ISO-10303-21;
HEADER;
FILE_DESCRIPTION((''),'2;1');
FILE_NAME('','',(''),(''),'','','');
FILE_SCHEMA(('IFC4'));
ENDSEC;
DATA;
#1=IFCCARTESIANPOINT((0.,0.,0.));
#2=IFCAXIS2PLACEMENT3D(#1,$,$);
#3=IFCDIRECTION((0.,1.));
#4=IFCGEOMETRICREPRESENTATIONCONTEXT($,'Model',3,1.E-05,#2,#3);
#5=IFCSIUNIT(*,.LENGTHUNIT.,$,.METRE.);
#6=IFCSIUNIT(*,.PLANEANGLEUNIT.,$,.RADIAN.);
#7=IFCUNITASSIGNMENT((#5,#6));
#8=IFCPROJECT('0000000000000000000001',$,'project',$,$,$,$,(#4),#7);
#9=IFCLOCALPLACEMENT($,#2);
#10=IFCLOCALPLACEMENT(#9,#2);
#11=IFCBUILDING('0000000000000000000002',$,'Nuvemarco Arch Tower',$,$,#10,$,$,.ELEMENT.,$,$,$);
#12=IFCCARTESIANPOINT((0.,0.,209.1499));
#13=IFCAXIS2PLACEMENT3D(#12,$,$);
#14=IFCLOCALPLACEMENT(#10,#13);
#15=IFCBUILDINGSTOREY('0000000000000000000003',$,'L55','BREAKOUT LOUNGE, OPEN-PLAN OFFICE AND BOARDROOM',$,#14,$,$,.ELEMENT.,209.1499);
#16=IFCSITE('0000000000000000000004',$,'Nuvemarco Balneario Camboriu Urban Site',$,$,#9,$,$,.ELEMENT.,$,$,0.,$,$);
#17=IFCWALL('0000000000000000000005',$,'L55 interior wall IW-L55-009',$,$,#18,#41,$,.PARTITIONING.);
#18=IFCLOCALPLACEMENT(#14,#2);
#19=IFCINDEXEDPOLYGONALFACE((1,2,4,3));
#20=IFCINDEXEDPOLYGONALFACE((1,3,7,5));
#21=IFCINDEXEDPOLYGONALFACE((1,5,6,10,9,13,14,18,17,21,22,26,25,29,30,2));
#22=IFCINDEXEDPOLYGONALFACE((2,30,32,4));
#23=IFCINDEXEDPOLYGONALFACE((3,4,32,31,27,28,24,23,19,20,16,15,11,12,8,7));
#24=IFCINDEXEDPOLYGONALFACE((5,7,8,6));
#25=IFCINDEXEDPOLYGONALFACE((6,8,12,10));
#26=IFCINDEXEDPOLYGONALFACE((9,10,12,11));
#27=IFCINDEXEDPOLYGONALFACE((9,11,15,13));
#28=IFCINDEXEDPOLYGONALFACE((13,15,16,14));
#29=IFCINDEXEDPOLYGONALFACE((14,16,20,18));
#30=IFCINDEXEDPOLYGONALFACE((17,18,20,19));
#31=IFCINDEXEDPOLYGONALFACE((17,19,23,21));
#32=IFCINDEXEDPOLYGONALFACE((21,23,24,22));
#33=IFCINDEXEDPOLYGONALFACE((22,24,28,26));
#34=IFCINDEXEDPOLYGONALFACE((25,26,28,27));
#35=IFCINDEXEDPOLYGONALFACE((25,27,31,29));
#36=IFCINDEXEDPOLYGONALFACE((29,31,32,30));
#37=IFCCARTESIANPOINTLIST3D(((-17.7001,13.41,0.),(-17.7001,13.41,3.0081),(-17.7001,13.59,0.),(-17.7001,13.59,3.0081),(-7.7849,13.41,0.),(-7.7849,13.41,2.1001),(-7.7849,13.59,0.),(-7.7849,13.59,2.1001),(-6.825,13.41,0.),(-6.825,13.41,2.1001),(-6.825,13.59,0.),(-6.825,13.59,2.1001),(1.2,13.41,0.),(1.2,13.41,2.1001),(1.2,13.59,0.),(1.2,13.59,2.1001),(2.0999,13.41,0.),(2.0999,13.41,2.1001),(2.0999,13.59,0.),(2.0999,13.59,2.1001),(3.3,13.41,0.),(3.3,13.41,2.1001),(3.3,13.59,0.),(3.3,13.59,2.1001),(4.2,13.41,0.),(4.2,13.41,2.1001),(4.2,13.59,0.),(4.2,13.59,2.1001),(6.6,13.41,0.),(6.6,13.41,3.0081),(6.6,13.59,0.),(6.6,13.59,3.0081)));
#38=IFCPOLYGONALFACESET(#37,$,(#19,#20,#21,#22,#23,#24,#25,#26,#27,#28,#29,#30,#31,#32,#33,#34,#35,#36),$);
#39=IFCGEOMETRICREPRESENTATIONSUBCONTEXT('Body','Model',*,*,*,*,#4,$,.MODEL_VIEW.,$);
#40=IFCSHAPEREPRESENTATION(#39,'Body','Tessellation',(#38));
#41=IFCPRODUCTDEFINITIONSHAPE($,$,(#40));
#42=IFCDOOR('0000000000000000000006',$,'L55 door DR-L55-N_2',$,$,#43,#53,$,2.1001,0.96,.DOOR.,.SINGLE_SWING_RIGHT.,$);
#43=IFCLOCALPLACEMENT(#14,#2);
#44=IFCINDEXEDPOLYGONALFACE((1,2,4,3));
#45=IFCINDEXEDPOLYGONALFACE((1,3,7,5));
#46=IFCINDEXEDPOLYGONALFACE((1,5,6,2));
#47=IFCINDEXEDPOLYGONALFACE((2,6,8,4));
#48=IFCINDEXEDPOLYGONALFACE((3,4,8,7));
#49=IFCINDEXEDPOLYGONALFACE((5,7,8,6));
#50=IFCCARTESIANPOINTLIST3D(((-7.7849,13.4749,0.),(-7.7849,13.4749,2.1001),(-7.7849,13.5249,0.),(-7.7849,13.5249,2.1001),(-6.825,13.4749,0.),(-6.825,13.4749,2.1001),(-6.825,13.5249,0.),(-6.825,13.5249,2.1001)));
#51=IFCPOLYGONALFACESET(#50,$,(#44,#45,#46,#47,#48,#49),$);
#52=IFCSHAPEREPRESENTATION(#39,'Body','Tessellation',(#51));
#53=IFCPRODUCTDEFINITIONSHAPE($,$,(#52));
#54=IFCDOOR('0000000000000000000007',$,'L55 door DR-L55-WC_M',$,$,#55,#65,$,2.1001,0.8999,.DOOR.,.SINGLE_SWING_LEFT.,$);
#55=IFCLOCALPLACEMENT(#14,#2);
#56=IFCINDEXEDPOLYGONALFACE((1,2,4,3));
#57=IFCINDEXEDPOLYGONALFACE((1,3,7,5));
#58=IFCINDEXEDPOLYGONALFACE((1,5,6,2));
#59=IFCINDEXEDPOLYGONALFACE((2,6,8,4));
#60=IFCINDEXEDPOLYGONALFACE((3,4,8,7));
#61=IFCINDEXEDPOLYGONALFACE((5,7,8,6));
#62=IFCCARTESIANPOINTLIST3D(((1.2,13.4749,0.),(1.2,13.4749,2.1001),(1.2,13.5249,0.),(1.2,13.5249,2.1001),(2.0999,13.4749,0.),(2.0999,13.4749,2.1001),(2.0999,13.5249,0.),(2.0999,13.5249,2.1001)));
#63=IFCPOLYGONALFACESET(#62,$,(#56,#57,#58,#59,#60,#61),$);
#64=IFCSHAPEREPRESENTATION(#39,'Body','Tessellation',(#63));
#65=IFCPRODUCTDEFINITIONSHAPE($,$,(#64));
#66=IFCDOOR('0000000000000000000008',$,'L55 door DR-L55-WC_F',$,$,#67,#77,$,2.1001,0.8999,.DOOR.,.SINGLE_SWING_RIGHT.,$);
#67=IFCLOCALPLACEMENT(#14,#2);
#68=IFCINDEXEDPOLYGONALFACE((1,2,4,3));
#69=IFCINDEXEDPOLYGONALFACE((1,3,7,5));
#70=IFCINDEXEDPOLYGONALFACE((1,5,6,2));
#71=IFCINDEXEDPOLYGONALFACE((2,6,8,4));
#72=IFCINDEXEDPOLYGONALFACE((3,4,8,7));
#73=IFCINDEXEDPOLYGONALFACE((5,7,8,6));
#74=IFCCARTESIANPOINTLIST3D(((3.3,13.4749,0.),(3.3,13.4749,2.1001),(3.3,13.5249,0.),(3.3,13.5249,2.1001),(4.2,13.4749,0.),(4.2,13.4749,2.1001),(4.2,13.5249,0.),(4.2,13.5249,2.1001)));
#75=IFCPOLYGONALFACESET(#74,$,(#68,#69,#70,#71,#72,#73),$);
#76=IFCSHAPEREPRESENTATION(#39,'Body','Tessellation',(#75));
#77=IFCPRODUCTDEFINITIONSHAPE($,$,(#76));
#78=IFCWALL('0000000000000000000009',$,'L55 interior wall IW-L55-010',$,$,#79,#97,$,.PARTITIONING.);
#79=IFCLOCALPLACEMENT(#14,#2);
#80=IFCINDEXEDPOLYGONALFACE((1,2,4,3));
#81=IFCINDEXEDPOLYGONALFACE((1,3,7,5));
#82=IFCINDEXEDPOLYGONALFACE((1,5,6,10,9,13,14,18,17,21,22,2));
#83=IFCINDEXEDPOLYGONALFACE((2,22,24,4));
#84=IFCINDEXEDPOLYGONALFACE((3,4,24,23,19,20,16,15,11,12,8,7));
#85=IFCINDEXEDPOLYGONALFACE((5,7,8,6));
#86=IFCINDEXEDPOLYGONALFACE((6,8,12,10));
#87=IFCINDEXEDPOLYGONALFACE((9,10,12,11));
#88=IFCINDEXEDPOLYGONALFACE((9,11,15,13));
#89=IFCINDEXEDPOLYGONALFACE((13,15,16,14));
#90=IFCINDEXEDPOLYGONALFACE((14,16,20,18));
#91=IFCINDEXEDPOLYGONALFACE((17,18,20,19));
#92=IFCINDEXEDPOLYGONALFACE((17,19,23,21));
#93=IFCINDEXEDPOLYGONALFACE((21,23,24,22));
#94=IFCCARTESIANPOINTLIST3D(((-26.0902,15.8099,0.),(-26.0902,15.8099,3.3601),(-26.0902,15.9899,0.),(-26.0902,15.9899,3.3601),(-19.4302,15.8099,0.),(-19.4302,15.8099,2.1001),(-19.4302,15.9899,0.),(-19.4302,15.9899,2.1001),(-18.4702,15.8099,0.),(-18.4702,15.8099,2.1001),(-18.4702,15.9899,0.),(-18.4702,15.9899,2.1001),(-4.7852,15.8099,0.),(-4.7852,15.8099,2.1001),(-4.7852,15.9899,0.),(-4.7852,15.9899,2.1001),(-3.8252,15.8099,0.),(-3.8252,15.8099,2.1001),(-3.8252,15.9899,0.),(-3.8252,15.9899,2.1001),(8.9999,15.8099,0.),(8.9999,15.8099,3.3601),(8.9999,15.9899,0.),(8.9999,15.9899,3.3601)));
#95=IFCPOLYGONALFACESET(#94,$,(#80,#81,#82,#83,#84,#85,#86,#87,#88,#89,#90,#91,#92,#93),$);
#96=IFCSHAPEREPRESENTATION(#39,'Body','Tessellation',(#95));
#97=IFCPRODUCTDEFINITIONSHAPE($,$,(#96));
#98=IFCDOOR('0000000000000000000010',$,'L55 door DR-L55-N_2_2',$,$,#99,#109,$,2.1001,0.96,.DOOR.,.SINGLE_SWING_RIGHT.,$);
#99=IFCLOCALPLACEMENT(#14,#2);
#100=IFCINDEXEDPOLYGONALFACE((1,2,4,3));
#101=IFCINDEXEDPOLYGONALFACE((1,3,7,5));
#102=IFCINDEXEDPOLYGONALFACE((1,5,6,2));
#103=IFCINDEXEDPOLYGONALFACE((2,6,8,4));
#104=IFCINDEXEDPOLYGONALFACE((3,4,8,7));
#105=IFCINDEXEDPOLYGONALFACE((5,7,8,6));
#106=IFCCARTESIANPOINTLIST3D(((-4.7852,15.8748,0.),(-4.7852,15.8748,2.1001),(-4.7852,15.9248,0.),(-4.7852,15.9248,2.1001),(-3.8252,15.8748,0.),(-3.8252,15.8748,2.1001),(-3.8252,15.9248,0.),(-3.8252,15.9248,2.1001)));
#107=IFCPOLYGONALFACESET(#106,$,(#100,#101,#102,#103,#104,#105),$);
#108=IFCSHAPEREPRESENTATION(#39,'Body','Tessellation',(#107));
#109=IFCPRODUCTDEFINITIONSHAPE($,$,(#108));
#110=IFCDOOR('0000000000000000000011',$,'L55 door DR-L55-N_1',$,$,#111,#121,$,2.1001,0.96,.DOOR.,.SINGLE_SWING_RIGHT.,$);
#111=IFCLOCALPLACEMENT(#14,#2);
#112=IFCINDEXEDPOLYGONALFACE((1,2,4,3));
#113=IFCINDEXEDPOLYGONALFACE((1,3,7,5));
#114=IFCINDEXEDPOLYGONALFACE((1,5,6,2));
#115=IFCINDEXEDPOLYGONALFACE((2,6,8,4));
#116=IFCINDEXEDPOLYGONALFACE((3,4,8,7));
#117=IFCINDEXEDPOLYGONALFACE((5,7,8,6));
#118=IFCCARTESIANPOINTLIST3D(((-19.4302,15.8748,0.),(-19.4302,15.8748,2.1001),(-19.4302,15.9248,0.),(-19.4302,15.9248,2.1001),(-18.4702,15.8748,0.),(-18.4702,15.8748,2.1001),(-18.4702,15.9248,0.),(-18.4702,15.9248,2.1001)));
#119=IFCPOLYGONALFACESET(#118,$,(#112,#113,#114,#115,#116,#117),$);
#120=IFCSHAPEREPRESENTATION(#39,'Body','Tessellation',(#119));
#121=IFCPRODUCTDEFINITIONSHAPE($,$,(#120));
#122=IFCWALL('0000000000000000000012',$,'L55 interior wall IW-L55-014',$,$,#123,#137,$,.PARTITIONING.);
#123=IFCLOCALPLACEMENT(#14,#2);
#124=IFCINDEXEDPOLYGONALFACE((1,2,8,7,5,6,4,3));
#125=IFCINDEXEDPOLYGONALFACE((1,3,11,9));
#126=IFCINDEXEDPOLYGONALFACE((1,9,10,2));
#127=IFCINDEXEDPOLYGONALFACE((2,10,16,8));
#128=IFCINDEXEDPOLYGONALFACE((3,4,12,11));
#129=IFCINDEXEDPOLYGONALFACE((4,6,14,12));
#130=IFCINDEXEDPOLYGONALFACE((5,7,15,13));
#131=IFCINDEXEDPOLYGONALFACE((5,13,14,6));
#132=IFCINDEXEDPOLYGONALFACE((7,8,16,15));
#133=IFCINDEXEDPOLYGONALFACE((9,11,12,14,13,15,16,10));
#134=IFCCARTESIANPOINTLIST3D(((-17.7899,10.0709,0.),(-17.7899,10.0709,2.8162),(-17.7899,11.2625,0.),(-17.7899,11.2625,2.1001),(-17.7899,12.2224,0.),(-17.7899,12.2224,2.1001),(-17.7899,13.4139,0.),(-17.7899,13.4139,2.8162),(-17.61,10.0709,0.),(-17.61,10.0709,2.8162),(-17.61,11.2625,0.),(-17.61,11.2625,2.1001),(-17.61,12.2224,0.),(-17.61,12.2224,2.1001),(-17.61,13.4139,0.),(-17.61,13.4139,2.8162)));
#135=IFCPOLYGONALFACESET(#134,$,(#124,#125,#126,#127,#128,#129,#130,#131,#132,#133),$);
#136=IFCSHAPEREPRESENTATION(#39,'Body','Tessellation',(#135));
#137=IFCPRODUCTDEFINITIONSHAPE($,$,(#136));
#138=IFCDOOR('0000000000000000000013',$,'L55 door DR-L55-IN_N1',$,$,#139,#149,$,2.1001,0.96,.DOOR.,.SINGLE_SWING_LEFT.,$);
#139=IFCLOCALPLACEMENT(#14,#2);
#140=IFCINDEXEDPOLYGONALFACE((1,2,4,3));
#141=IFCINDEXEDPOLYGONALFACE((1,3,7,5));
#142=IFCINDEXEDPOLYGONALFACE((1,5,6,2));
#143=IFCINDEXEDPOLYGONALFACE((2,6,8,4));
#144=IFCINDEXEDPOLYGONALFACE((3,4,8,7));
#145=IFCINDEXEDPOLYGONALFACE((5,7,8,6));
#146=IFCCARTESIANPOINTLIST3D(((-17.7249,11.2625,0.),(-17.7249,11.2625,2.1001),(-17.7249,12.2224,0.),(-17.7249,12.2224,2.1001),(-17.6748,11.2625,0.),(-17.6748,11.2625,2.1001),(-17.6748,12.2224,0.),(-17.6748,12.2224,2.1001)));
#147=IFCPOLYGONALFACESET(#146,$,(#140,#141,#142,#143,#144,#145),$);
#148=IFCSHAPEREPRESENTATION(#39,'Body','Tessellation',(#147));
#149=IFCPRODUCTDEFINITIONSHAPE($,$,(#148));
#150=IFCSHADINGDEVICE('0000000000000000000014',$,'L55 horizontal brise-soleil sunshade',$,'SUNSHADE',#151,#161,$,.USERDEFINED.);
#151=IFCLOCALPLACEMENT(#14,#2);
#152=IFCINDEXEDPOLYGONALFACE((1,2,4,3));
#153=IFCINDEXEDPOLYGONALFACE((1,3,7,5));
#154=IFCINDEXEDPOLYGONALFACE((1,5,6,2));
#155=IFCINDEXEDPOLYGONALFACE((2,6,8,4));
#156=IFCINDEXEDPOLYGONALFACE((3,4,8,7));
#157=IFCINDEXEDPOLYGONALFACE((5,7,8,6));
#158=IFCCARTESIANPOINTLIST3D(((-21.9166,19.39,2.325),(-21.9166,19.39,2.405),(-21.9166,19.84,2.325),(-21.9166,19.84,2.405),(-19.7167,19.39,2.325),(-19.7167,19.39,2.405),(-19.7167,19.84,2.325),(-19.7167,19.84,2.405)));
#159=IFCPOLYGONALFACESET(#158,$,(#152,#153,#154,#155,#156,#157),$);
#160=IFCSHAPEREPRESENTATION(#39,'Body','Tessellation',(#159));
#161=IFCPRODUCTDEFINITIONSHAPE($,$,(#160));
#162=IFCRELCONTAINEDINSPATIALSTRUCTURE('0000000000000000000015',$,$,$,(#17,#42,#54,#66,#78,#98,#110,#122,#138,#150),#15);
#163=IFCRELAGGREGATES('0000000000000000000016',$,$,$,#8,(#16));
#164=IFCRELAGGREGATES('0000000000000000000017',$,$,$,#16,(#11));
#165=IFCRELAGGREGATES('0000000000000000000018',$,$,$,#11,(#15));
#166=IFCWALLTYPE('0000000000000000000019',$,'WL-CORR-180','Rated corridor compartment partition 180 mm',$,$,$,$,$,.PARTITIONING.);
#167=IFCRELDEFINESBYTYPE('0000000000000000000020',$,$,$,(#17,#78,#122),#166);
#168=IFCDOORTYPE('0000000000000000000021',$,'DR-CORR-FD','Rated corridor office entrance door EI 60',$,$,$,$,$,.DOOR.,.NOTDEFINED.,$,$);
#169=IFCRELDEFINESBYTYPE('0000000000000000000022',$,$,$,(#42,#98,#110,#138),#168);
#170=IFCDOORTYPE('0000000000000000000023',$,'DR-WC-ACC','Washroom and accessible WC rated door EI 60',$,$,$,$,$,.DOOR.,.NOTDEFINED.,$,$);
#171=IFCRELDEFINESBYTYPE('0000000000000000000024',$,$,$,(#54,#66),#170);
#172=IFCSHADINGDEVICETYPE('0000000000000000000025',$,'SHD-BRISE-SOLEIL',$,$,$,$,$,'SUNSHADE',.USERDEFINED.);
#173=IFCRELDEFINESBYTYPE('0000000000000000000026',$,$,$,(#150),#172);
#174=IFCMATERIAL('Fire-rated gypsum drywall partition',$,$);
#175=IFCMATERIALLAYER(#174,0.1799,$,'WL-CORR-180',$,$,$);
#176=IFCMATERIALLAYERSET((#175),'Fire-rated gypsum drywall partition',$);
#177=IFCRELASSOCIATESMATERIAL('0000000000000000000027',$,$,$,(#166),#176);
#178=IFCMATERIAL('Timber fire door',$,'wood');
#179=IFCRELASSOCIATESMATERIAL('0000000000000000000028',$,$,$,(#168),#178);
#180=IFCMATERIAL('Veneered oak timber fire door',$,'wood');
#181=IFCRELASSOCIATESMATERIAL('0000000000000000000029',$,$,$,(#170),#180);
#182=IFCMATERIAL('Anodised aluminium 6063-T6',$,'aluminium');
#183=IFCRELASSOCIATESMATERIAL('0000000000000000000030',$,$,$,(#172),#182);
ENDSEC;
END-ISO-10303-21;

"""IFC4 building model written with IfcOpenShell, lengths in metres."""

from ifc_helpers import new_model, si_unit, direction, frame, frame_2d, origin, origin_2d, place, context, subcontext, project, spatial, rectangle, extrude, source, transform, mapped, material, layer, layer_set, type_object, type_shapes, element, fill, save


model = new_model("IFC4")

# Units and contexts
model_context = context("Model", 3, precision=1e-05, world=origin(), true_north=direction((0.0, 1.0)))
body_context = subcontext(model_context, "Body", "Model", "MODEL_VIEW")
ifc_project = project(units=[si_unit("LENGTHUNIT", "METRE"), si_unit("PLANEANGLEUNIT", "RADIAN")], contexts=[model_context])

# Site, building, storey
site_placement = place(None, origin())
site = spatial("IfcSite", under=ifc_project, at=site_placement, Name="Nuvemarco Balneario Camboriu Urban Site", CompositionType="ELEMENT", RefElevation=0.0)
building_placement = place(site_placement, origin())
building = spatial("IfcBuilding", under=site, at=building_placement, Name="Nuvemarco Arch Tower", CompositionType="ELEMENT")
storey_placement = place(building_placement, frame((0.0, 0.0, 209.1499)))
storey = spatial("IfcBuildingStorey", under=building, at=storey_placement, Name="L55", Description="BREAKOUT LOUNGE, OPEN-PLAN OFFICE AND BOARDROOM", CompositionType="ELEMENT", Elevation=209.1499)

# Walls, openings, doors
ifc_material_1 = material(Name="Fire-rated gypsum drywall partition")
ifc_layer_1 = layer(ifc_material_1, 0.1799, Name="WL-CORR-180")
ifc_layer_set_1 = layer_set([ifc_layer_1], Name="Fire-rated gypsum drywall partition")
wall_type_1 = type_object("IfcWallType", Name="WL-CORR-180", Description="Rated corridor compartment partition 180 mm", PredefinedType="PARTITIONING", material=ifc_layer_set_1)
wall_1_placement = place(storey_placement, frame((-17.7, 13.5, 0.0), z_axis=(0.0, 0.0, 1.0), x_axis=(1.0, 0.0, 0.0)))
wall_1 = element("IfcWall", 1, at=wall_1_placement, inside=storey, type_object=wall_type_1, Name="L55 interior wall IW-L55-009", PredefinedType="PARTITIONING", context=body_context, shape_type="SweptSolid", body=[
    extrude(rectangle(XDim=24.3, YDim=0.1799, at=frame_2d((12.1499, 0.0))), origin(), (0.0, 0.0, 1.0), 3.0081),
])
opening_1_placement = place(wall_1_placement, frame((9.915, 0.0, 0.0)))
opening_1 = element("IfcOpeningElement", 2, at=opening_1_placement, cuts=wall_1, PredefinedType="OPENING", context=body_context, shape_type="SweptSolid", body=[
    extrude(rectangle(XDim=0.96, YDim=2.1001, at=frame_2d((0.48, 1.05))), frame((0.0, 0.0999, 0.0), z_axis=(0.0, -1.0, 0.0), x_axis=(1.0, 0.0, 0.0)), (0.0, 0.0, 1.0), 0.2),
])
opening_2_placement = place(wall_1_placement, frame((18.8999, 0.0, 0.0)))
opening_2 = element("IfcOpeningElement", 3, at=opening_2_placement, cuts=wall_1, PredefinedType="OPENING", context=body_context, shape_type="SweptSolid", body=[
    extrude(rectangle(XDim=0.8999, YDim=2.1001, at=frame_2d((0.45, 1.05))), frame((0.0, 0.0999, 0.0), z_axis=(0.0, -1.0, 0.0), x_axis=(1.0, 0.0, 0.0)), (0.0, 0.0, 1.0), 0.2),
])
opening_3_placement = place(wall_1_placement, frame((21.0, 0.0, 0.0)))
opening_3 = element("IfcOpeningElement", 4, at=opening_3_placement, cuts=wall_1, PredefinedType="OPENING", context=body_context, shape_type="SweptSolid", body=[
    extrude(rectangle(XDim=0.8999, YDim=2.1001, at=frame_2d((0.45, 1.05))), frame((0.0, 0.0999, 0.0), z_axis=(0.0, -1.0, 0.0), x_axis=(1.0, 0.0, 0.0)), (0.0, 0.0, 1.0), 0.2),
])
ifc_material_2 = material(Name="Timber fire door", Category="wood")
door_type_1 = type_object("IfcDoorType", Name="DR-CORR-FD", Description="Rated corridor office entrance door EI 60", OperationType="NOTDEFINED", PredefinedType="DOOR", material=ifc_material_2)
shared_shape_1 = source(origin(), body_context, "Body", "SweptSolid", [
    extrude(rectangle(XDim=0.96, YDim=2.1001, at=frame_2d((0.48, 1.05))), frame((0.0, 0.0249, 0.0), z_axis=(0.0, -1.0, 0.0), x_axis=(1.0, 0.0, 0.0)), (0.0, 0.0, 1.0), 0.05),
])
type_shapes(door_type_1, [shared_shape_1])
door_1_placement = place(opening_1_placement, origin())
door_1 = element("IfcDoor", 5, at=door_1_placement, inside=storey, type_object=door_type_1, Name="L55 door DR-L55-N_2", OperationType="SINGLE_SWING_RIGHT", OverallHeight=2.1001, OverallWidth=0.96, PredefinedType="DOOR", context=body_context, shape_type="MappedRepresentation", body=[
    mapped(shared_shape_1, transform((0.0, 0.0, 0.0), scale=1.0)),
])
fill(opening_1, door_1)
ifc_material_3 = material(Name="Veneered oak timber fire door", Category="wood")
door_type_2 = type_object("IfcDoorType", Name="DR-WC-ACC", Description="Washroom and accessible WC rated door EI 60", OperationType="NOTDEFINED", PredefinedType="DOOR", material=ifc_material_3)
shared_shape_2 = source(origin(), body_context, "Body", "SweptSolid", [
    extrude(rectangle(XDim=0.8999, YDim=2.1001, at=frame_2d((0.45, 1.05))), frame((0.0, 0.0249, 0.0), z_axis=(0.0, -1.0, 0.0), x_axis=(1.0, 0.0, 0.0)), (0.0, 0.0, 1.0), 0.05),
])
type_shapes(door_type_2, [shared_shape_2])
door_2_placement = place(opening_2_placement, origin())
door_2 = element("IfcDoor", 6, at=door_2_placement, inside=storey, type_object=door_type_2, Name="L55 door DR-L55-WC_M", OperationType="SINGLE_SWING_LEFT", OverallHeight=2.1001, OverallWidth=0.8999, PredefinedType="DOOR", context=body_context, shape_type="MappedRepresentation", body=[
    mapped(shared_shape_2, transform((0.0, 0.0, 0.0), scale=1.0)),
])
fill(opening_2, door_2)
door_3_placement = place(opening_3_placement, origin())
door_3 = element("IfcDoor", 7, at=door_3_placement, inside=storey, type_object=door_type_2, Name="L55 door DR-L55-WC_F", OperationType="SINGLE_SWING_RIGHT", OverallHeight=2.1001, OverallWidth=0.8999, PredefinedType="DOOR", context=body_context, shape_type="MappedRepresentation", body=[
    mapped(shared_shape_2, transform((0.0, 0.0, 0.0), scale=1.0)),
])
fill(opening_3, door_3)
wall_2_placement = place(storey_placement, frame((-26.0901, 15.8999, 0.0), z_axis=(0.0, 0.0, 1.0), x_axis=(1.0, 0.0, 0.0)))
wall_2 = element("IfcWall", 8, at=wall_2_placement, inside=storey, type_object=wall_type_1, Name="L55 interior wall IW-L55-010", PredefinedType="PARTITIONING", context=body_context, shape_type="SweptSolid", body=[
    extrude(rectangle(XDim=35.0901, YDim=0.1799, at=frame_2d((17.5449, 0.0))), origin(), (0.0, 0.0, 1.0), 3.3601),
])
opening_4_placement = place(wall_2_placement, frame((21.3049, 0.0, 0.0)))
opening_4 = element("IfcOpeningElement", 9, at=opening_4_placement, cuts=wall_2, PredefinedType="OPENING", context=body_context, shape_type="SweptSolid", body=[
    extrude(rectangle(XDim=0.96, YDim=2.1001, at=frame_2d((0.48, 1.05))), frame((0.0, 0.0999, 0.0), z_axis=(0.0, -1.0, 0.0), x_axis=(1.0, 0.0, 0.0)), (0.0, 0.0, 1.0), 0.2),
])
opening_5_placement = place(wall_2_placement, frame((6.6599, 0.0, 0.0)))
opening_5 = element("IfcOpeningElement", 10, at=opening_5_placement, cuts=wall_2, PredefinedType="OPENING", context=body_context, shape_type="SweptSolid", body=[
    extrude(rectangle(XDim=0.96, YDim=2.1001, at=frame_2d((0.48, 1.05))), frame((0.0, 0.0999, 0.0), z_axis=(0.0, -1.0, 0.0), x_axis=(1.0, 0.0, 0.0)), (0.0, 0.0, 1.0), 0.2),
])
door_4_placement = place(opening_4_placement, origin())
door_4 = element("IfcDoor", 11, at=door_4_placement, inside=storey, type_object=door_type_1, Name="L55 door DR-L55-N_2_2", OperationType="SINGLE_SWING_RIGHT", OverallHeight=2.1001, OverallWidth=0.96, PredefinedType="DOOR", context=body_context, shape_type="MappedRepresentation", body=[
    mapped(shared_shape_1, transform((0.0, 0.0, 0.0), scale=1.0)),
])
fill(opening_4, door_4)
door_5_placement = place(opening_5_placement, origin())
door_5 = element("IfcDoor", 12, at=door_5_placement, inside=storey, type_object=door_type_1, Name="L55 door DR-L55-N_1", OperationType="SINGLE_SWING_RIGHT", OverallHeight=2.1001, OverallWidth=0.96, PredefinedType="DOOR", context=body_context, shape_type="MappedRepresentation", body=[
    mapped(shared_shape_1, transform((0.0, 0.0, 0.0), scale=1.0)),
])
fill(opening_5, door_5)

# Wall, opening, door
wall_3_placement = place(storey_placement, frame((-17.7, 10.071, 0.0), z_axis=(0.0, 0.0, 1.0), x_axis=(0.0, 1.0, 0.0)))
wall_3 = element("IfcWall", 13, at=wall_3_placement, inside=storey, type_object=wall_type_1, Name="L55 interior wall IW-L55-014", PredefinedType="PARTITIONING", context=body_context, shape_type="SweptSolid", body=[
    extrude(rectangle(XDim=3.343, YDim=0.1799, at=frame_2d((1.6714, 0.0))), origin(), (0.0, 0.0, 1.0), 2.8162),
])
opening_6_placement = place(wall_3_placement, frame((1.1914, 0.0, 0.0)))
opening_6 = element("IfcOpeningElement", 14, at=opening_6_placement, cuts=wall_3, PredefinedType="OPENING", context=body_context, shape_type="SweptSolid", body=[
    extrude(rectangle(XDim=0.96, YDim=2.1001, at=frame_2d((0.48, 1.05))), frame((0.0, 0.0999, 0.0), z_axis=(0.0, -1.0, 0.0), x_axis=(1.0, 0.0, 0.0)), (0.0, 0.0, 1.0), 0.2),
])
door_6_placement = place(opening_6_placement, origin())
door_6 = element("IfcDoor", 15, at=door_6_placement, inside=storey, type_object=door_type_1, Name="L55 door DR-L55-IN_N1", OperationType="SINGLE_SWING_LEFT", OverallHeight=2.1001, OverallWidth=0.96, PredefinedType="DOOR", context=body_context, shape_type="MappedRepresentation", body=[
    mapped(shared_shape_1, transform((0.0, 0.0, 0.0), scale=1.0)),
])
fill(opening_6, door_6)

# Shading device
ifc_material_4 = material(Name="Anodised aluminium 6063-T6", Category="aluminium")
shading_device_type_1 = type_object("IfcShadingDeviceType", Name="SHD-BRISE-SOLEIL", ElementType="SUNSHADE", PredefinedType="USERDEFINED", material=ifc_material_4)
shared_shape_3 = source(origin(), body_context, "Body", "SweptSolid", [
    extrude(rectangle(XDim=2.2, YDim=0.45, at=origin_2d()), origin(), (0.0, 0.0, 1.0), 0.0801),
])
type_shapes(shading_device_type_1, [shared_shape_3])
shading_device_1_placement = place(storey_placement, frame((-20.8167, 19.615, 2.325), z_axis=(0.0, 0.0, 1.0), x_axis=(1.0, 0.0, 0.0)))
element("IfcShadingDevice", 16, at=shading_device_1_placement, inside=storey, type_object=shading_device_type_1, Name="L55 horizontal brise-soleil sunshade", ObjectType="SUNSHADE", PredefinedType="USERDEFINED", context=body_context, shape_type="MappedRepresentation", body=[
    mapped(shared_shape_3, transform((0.0, 0.0, 0.0), scale=1.0)),
])

save(model, "model.ifc")
